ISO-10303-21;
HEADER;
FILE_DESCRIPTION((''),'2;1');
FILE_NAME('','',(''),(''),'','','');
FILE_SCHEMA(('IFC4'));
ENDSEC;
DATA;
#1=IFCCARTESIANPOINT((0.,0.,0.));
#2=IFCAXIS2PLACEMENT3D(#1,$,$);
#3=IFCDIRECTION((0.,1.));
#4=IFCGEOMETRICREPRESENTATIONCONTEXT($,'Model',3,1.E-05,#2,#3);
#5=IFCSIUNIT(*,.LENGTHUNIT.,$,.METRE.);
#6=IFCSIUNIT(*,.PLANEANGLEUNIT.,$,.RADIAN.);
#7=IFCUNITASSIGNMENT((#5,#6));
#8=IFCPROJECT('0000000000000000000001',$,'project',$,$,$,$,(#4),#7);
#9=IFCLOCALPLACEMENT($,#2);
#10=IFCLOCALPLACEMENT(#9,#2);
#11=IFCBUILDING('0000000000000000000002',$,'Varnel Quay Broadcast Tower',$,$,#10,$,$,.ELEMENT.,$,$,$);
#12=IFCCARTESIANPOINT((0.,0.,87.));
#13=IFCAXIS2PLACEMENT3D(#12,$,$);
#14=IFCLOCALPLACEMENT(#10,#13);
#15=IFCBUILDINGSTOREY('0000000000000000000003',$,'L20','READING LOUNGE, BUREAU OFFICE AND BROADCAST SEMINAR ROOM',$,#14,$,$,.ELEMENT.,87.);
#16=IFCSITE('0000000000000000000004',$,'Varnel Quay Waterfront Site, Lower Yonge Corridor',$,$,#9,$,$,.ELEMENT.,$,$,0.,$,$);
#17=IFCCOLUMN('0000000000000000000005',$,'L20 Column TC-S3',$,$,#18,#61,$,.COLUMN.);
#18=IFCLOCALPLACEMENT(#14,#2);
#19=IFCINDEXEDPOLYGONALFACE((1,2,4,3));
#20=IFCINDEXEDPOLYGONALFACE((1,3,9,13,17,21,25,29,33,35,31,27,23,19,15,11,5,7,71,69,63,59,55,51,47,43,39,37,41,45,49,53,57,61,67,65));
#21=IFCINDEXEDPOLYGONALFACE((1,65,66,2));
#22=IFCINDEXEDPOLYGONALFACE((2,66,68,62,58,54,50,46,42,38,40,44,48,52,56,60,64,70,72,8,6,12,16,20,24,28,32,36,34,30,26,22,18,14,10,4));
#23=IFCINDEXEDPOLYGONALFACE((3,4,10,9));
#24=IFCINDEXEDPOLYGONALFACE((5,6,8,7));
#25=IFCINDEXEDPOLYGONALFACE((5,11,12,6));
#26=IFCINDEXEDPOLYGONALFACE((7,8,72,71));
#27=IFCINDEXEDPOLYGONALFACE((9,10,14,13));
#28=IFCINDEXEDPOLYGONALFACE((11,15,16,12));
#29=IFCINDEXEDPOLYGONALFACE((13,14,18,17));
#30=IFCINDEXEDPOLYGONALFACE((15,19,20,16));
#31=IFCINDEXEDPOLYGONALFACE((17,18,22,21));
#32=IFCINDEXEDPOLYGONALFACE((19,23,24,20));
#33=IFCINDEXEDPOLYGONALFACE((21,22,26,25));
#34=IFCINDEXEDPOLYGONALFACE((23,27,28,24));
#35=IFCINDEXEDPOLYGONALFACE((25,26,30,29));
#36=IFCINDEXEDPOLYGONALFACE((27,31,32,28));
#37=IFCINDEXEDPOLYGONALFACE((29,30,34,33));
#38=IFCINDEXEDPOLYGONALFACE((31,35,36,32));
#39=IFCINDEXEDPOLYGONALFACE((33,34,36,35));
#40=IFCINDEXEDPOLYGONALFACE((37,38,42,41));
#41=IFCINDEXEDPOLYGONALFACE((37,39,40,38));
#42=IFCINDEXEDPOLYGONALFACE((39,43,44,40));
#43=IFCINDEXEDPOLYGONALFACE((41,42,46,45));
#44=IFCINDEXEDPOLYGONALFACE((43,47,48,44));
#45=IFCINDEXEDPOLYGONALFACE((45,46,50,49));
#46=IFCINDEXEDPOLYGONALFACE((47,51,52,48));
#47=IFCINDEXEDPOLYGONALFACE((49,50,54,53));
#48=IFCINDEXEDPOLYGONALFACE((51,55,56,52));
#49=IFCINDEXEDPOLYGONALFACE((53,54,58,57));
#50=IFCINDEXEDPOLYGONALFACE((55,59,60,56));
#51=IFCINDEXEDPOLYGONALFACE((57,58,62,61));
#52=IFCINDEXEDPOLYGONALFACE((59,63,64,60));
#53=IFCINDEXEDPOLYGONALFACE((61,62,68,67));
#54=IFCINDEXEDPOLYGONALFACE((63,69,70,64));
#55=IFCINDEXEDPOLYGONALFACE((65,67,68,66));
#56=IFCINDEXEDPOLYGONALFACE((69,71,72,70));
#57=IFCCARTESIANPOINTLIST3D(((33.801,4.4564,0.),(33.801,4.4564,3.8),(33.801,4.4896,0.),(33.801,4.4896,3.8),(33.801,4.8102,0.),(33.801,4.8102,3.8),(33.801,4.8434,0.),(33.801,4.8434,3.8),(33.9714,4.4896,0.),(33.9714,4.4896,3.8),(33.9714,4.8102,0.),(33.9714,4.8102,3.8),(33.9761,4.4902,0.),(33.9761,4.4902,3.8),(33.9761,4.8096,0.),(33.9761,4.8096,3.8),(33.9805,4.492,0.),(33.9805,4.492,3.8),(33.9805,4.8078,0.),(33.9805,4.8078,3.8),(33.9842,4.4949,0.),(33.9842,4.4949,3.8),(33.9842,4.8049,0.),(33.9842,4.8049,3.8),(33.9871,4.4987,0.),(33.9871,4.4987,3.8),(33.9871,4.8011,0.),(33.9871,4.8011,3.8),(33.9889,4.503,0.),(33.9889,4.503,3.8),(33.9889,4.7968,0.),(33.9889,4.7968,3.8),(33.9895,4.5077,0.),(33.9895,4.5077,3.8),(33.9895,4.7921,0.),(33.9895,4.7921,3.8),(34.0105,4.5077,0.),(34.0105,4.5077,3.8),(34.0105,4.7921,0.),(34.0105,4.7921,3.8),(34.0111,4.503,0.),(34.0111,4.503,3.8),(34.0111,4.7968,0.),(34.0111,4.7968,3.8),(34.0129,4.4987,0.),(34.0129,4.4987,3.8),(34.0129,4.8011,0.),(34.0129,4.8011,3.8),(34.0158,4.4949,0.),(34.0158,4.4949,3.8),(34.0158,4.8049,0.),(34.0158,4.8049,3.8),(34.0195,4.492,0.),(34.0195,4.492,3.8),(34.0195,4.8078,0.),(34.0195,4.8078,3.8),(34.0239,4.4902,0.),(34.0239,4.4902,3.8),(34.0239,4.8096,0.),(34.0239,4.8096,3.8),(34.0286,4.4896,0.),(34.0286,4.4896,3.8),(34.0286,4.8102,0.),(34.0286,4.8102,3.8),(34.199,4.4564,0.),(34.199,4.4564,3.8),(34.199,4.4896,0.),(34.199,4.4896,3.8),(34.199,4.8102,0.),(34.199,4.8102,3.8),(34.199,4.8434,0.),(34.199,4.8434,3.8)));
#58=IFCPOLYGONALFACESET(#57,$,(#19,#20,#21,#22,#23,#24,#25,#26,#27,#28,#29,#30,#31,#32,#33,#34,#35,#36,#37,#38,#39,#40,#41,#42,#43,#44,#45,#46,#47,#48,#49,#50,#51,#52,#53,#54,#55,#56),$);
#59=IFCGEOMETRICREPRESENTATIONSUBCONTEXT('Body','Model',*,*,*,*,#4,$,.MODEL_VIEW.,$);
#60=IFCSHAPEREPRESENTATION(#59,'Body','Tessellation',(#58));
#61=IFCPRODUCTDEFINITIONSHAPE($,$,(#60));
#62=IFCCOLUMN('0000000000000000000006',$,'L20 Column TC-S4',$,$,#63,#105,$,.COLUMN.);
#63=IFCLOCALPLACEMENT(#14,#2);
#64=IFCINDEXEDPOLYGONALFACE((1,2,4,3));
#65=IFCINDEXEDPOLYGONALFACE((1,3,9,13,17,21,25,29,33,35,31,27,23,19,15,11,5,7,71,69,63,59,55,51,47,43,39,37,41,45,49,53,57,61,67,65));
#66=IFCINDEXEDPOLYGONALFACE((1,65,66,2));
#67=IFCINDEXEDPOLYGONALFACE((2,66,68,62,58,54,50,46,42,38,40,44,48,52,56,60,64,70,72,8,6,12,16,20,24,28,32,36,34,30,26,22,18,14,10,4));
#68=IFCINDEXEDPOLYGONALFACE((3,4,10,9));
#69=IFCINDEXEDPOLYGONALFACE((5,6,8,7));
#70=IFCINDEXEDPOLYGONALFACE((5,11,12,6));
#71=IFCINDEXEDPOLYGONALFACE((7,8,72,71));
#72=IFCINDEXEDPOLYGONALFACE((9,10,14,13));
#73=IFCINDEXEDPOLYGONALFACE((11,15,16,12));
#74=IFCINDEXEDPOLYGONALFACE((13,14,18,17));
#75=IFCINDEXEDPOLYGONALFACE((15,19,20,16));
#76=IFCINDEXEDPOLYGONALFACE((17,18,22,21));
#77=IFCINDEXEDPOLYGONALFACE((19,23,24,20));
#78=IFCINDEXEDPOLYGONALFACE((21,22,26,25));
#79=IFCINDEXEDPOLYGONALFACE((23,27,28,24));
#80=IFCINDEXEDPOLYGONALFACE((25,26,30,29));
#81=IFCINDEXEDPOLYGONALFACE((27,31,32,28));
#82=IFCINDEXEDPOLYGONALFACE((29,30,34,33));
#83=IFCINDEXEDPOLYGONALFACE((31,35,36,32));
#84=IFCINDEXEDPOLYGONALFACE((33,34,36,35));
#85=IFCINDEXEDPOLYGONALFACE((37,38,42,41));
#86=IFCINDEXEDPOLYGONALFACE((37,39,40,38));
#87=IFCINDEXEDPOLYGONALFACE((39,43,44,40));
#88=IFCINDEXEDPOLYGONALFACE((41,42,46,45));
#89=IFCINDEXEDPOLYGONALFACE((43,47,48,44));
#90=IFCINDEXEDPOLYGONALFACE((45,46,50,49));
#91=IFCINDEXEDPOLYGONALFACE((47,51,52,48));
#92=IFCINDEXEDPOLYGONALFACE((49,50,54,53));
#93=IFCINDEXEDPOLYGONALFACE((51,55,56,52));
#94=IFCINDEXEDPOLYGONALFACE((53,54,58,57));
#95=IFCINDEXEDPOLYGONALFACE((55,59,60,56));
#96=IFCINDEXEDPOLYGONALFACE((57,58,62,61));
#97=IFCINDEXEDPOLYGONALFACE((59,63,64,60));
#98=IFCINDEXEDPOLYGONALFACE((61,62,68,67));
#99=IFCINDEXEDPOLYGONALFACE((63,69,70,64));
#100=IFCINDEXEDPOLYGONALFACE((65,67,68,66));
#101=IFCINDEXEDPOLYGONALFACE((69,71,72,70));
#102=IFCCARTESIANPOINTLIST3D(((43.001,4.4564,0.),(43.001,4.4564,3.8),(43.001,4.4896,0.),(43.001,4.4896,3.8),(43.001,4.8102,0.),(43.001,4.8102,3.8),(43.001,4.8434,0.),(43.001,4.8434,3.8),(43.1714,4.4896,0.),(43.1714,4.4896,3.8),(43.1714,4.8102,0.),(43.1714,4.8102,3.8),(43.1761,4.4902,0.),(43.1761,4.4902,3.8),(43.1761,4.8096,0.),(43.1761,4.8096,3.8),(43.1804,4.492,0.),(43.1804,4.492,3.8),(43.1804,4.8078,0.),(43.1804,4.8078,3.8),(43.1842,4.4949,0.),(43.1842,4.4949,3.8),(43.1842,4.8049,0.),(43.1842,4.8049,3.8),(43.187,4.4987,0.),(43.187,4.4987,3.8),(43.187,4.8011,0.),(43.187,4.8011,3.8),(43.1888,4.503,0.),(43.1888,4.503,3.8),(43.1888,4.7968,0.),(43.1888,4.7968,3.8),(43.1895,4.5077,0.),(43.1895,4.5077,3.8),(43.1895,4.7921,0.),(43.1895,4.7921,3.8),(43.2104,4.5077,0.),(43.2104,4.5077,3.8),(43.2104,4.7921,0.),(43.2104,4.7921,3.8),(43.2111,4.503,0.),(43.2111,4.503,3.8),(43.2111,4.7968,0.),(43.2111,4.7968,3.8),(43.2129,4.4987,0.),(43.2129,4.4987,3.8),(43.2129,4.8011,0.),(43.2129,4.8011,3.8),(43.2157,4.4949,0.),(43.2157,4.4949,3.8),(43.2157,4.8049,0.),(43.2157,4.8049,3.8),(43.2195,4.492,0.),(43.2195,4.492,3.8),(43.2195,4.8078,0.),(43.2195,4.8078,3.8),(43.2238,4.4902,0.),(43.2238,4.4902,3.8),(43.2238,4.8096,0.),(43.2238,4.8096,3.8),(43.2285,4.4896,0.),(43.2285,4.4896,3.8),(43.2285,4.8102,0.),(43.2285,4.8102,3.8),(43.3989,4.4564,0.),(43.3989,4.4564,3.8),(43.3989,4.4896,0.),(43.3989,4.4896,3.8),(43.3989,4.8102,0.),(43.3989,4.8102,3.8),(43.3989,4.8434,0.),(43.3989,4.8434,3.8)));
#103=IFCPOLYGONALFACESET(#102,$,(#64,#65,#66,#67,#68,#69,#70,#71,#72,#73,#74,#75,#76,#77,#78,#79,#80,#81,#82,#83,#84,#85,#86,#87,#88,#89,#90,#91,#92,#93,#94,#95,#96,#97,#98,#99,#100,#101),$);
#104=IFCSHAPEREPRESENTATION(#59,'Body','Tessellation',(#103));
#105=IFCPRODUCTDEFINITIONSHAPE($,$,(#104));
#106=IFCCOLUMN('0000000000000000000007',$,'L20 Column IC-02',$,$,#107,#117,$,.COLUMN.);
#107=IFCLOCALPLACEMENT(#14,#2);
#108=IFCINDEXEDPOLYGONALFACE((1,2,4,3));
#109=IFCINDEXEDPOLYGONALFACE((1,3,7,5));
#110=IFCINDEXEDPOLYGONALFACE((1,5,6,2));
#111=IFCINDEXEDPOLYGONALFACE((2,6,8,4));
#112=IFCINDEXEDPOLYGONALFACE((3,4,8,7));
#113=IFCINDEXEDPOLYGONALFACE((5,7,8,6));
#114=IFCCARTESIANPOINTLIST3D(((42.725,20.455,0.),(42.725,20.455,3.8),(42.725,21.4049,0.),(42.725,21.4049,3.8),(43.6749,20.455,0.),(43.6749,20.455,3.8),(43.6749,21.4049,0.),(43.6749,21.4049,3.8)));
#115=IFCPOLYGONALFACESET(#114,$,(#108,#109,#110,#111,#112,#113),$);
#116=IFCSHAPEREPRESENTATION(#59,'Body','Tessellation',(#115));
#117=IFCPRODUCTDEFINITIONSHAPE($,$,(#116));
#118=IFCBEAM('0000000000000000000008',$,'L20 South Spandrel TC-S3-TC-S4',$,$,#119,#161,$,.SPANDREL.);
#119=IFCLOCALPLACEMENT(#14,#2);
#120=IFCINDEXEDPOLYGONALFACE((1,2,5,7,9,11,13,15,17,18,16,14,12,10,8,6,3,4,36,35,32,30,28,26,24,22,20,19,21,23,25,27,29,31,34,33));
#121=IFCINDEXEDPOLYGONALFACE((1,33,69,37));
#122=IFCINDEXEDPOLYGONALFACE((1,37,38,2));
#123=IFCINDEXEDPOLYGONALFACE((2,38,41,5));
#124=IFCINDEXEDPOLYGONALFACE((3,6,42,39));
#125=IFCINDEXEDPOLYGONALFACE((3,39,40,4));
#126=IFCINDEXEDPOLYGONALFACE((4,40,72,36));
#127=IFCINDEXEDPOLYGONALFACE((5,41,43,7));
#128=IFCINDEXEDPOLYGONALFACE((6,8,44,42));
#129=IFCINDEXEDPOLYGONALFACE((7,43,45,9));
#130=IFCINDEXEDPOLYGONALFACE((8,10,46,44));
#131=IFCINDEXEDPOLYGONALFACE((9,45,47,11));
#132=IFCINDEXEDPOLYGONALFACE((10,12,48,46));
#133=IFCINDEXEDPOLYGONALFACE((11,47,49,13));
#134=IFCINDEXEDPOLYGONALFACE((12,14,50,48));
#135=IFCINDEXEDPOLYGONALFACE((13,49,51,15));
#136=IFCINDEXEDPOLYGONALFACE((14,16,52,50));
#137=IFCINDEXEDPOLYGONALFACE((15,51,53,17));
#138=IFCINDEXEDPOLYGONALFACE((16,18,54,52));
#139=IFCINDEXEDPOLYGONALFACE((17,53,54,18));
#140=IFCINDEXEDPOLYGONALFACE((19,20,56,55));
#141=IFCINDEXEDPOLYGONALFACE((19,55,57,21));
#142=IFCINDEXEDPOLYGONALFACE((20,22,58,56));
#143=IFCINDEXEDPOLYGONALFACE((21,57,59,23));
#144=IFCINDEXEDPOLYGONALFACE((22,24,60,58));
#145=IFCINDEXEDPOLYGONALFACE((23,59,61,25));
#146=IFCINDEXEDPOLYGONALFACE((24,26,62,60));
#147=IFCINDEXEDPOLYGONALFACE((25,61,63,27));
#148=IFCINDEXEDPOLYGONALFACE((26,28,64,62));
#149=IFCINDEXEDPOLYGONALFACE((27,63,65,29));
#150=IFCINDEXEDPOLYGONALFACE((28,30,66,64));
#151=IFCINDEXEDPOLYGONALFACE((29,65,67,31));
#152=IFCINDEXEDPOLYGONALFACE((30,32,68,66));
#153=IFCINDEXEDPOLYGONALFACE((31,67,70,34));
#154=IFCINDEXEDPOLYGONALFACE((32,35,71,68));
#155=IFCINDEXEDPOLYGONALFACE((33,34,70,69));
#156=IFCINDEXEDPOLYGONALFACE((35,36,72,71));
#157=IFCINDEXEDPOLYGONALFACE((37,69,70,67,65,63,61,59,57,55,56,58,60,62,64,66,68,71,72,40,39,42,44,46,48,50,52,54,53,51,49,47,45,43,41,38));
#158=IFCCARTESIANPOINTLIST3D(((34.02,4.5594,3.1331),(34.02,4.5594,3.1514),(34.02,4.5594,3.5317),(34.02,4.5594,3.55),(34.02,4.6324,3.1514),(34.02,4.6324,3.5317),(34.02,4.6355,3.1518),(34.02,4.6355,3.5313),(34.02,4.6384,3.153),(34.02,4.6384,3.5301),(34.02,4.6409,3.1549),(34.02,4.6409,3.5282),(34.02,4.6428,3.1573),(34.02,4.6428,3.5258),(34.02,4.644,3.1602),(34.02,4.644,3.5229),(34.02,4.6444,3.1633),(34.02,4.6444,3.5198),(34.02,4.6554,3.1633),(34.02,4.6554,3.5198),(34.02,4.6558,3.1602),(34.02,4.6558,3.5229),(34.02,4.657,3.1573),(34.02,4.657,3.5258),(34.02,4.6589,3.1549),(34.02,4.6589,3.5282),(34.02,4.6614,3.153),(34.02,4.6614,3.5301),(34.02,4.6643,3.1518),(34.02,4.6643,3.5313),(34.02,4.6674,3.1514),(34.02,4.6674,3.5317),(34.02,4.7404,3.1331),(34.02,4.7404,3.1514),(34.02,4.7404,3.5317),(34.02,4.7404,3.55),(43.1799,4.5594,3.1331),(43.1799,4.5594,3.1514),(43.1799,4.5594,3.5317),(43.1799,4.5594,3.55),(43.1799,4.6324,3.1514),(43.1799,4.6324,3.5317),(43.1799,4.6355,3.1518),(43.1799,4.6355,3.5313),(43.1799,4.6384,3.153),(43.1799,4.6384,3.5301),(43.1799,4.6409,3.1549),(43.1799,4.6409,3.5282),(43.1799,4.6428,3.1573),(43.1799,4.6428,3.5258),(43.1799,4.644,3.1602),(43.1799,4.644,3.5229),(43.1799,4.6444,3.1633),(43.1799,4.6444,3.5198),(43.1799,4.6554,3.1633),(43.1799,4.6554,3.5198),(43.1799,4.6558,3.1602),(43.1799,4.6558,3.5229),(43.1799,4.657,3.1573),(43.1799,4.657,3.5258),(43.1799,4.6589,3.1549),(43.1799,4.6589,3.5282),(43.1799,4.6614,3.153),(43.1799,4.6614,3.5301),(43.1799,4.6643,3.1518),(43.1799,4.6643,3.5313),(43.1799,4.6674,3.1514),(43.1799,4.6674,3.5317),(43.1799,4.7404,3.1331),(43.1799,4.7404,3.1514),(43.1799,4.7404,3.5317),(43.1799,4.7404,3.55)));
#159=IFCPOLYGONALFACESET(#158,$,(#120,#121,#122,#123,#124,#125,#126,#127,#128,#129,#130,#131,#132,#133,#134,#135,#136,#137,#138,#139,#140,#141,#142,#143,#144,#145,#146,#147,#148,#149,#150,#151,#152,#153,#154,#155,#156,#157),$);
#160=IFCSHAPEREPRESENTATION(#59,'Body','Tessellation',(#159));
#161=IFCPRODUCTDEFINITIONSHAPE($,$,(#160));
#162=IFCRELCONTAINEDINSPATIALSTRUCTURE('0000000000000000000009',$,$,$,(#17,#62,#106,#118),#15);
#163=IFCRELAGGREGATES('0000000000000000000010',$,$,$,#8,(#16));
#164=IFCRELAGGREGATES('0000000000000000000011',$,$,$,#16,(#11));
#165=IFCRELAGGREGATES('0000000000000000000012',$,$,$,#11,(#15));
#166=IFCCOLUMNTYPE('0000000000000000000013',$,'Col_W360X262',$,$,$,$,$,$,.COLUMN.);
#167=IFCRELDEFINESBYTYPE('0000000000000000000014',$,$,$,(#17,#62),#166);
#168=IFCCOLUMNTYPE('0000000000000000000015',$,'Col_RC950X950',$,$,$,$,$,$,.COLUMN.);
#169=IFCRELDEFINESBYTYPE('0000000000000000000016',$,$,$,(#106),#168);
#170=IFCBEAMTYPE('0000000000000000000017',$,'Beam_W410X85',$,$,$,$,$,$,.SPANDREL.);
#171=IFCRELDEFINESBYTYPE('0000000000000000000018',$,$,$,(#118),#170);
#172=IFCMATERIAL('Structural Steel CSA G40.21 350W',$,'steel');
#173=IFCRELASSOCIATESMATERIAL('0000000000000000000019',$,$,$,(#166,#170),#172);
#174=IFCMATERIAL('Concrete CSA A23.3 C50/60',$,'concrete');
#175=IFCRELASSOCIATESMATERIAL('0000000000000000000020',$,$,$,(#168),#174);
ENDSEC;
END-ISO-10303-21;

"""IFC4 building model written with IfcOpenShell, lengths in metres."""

from ifc_helpers import new_model, si_unit, direction, frame, origin, origin_2d, place, context, subcontext, project, spatial, rectangle, i_section, extrude, source, transform, mapped, material, material_profile, profile_set, type_object, type_shapes, element, save


model = new_model("IFC4")

# Units and contexts
model_context = context("Model", 3, precision=1e-05, world=origin(), true_north=direction((0.0, 1.0)))
body_context = subcontext(model_context, "Body", "Model", "MODEL_VIEW")
ifc_project = project(units=[si_unit("LENGTHUNIT", "METRE"), si_unit("PLANEANGLEUNIT", "RADIAN")], contexts=[model_context])

# Site, building, storey
site_placement = place(None, origin())
site = spatial("IfcSite", under=ifc_project, at=site_placement, Name="Varnel Quay Waterfront Site, Lower Yonge Corridor", CompositionType="ELEMENT", RefElevation=0.0)
building_placement = place(site_placement, origin())
building = spatial("IfcBuilding", under=site, at=building_placement, Name="Varnel Quay Broadcast Tower", CompositionType="ELEMENT")
storey_placement = place(building_placement, frame((0.0, 0.0, 87.0)))
storey = spatial("IfcBuildingStorey", under=building, at=storey_placement, Name="L20", Description="READING LOUNGE, BUREAU OFFICE AND BROADCAST SEMINAR ROOM", CompositionType="ELEMENT", Elevation=87.0)

# Columns
ifc_material_1 = material(Name="Structural Steel CSA G40.21 350W", Category="steel")
ifc_material_profile_1 = material_profile(ifc_material_1, i_section(OverallWidth=0.3979, OverallDepth=0.387, WebThickness=0.021, FlangeThickness=0.0332, FilletRadius=0.0181, at=origin_2d()), Name="W360X262")
ifc_profile_set_1 = profile_set([ifc_material_profile_1], Name="Structural Steel CSA G40.21 350W")
column_type_1 = type_object("IfcColumnType", Name="Col_W360X262", PredefinedType="COLUMN", material=ifc_profile_set_1)
shared_shape_1 = source(origin(), body_context, "Body", "SweptSolid", [
    extrude(i_section(OverallWidth=0.3979, OverallDepth=0.387, WebThickness=0.021, FlangeThickness=0.0332, FilletRadius=0.0181, at=origin_2d()), origin(), (0.0, 0.0, 1.0), 3.8),
])
type_shapes(column_type_1, [shared_shape_1])
for number, where, z_axis, x_axis, name in (
    (1, (34.0, 4.6499, 0.0), (0.0, 0.0, 1.0), (1.0, 0.0, 0.0), "L20 Column TC-S3"),
    (2, (43.2, 4.6499, 0.0), (0.0, 0.0, 1.0), (1.0, 0.0, 0.0), "L20 Column TC-S4"),
):
    element("IfcColumn", number, at=place(storey_placement, frame(where, z_axis=z_axis, x_axis=x_axis)), inside=storey, type_object=column_type_1, Name=name, PredefinedType="COLUMN", context=body_context, shape_type="MappedRepresentation", body=[
        mapped(shared_shape_1, transform((0.0, 0.0, 0.0), x_axis=(1.0, 0.0, 0.0), y_axis=(0.0, 1.0, 0.0), z_axis=(0.0, 0.0, 1.0), scale=1.0)),
    ])
ifc_material_2 = material(Name="Concrete CSA A23.3 C50/60", Category="concrete")
ifc_material_profile_2 = material_profile(ifc_material_2, rectangle(XDim=0.95, YDim=0.95, at=origin_2d()), Name="RC950X950")
ifc_profile_set_2 = profile_set([ifc_material_profile_2], Name="Concrete CSA A23.3 C50/60")
column_type_2 = type_object("IfcColumnType", Name="Col_RC950X950", PredefinedType="COLUMN", material=ifc_profile_set_2)
shared_shape_2 = source(origin(), body_context, "Body", "SweptSolid", [
    extrude(rectangle(XDim=0.95, YDim=0.95, at=origin_2d()), origin(), (0.0, 0.0, 1.0), 3.8),
])
type_shapes(column_type_2, [shared_shape_2])
column_placement = place(storey_placement, frame((43.2, 20.9299, 0.0), z_axis=(0.0, 0.0, 1.0), x_axis=(1.0, 0.0, 0.0)))
element("IfcColumn", 3, at=column_placement, inside=storey, type_object=column_type_2, Name="L20 Column IC-02", PredefinedType="COLUMN", context=body_context, shape_type="MappedRepresentation", body=[
    mapped(shared_shape_2, transform((0.0, 0.0, 0.0), x_axis=(1.0, 0.0, 0.0), y_axis=(0.0, 1.0, 0.0), z_axis=(0.0, 0.0, 1.0), scale=1.0)),
])

# Beam
ifc_material_profile_3 = material_profile(ifc_material_1, i_section(OverallWidth=0.1809, OverallDepth=0.417, WebThickness=0.011, FlangeThickness=0.0183, FilletRadius=0.012, at=origin_2d()), Name="W410X85")
ifc_profile_set_3 = profile_set([ifc_material_profile_3], Name="Structural Steel CSA G40.21 350W")
beam_type_1 = type_object("IfcBeamType", Name="Beam_W410X85", PredefinedType="SPANDREL", material=ifc_profile_set_3)
shared_shape_3 = source(origin(), body_context, "Body", "SweptSolid", [
    extrude(i_section(OverallWidth=0.1809, OverallDepth=0.417, WebThickness=0.011, FlangeThickness=0.0183, FilletRadius=0.012, at=origin_2d()), origin(), (0.0, 0.0, 1.0), 9.1599),
])
type_shapes(beam_type_1, [shared_shape_3])
for number, where, z_axis, x_axis, name in (
    (4, (34.02, 4.6499, 3.3416), (1.0, 0.0, 0.0), (0.0, 1.0, 0.0), "L20 South Spandrel TC-S3-TC-S4"),
):
    element("IfcBeam", number, at=place(storey_placement, frame(where, z_axis=z_axis, x_axis=x_axis)), inside=storey, type_object=beam_type_1, Name=name, PredefinedType="SPANDREL", context=body_context, shape_type="MappedRepresentation", body=[
        mapped(shared_shape_3, transform((0.0, 0.0, 0.0), x_axis=(1.0, 0.0, 0.0), y_axis=(0.0, 1.0, 0.0), z_axis=(0.0, 0.0, 1.0), scale=1.0)),
    ])

save(model, "model.ifc")
